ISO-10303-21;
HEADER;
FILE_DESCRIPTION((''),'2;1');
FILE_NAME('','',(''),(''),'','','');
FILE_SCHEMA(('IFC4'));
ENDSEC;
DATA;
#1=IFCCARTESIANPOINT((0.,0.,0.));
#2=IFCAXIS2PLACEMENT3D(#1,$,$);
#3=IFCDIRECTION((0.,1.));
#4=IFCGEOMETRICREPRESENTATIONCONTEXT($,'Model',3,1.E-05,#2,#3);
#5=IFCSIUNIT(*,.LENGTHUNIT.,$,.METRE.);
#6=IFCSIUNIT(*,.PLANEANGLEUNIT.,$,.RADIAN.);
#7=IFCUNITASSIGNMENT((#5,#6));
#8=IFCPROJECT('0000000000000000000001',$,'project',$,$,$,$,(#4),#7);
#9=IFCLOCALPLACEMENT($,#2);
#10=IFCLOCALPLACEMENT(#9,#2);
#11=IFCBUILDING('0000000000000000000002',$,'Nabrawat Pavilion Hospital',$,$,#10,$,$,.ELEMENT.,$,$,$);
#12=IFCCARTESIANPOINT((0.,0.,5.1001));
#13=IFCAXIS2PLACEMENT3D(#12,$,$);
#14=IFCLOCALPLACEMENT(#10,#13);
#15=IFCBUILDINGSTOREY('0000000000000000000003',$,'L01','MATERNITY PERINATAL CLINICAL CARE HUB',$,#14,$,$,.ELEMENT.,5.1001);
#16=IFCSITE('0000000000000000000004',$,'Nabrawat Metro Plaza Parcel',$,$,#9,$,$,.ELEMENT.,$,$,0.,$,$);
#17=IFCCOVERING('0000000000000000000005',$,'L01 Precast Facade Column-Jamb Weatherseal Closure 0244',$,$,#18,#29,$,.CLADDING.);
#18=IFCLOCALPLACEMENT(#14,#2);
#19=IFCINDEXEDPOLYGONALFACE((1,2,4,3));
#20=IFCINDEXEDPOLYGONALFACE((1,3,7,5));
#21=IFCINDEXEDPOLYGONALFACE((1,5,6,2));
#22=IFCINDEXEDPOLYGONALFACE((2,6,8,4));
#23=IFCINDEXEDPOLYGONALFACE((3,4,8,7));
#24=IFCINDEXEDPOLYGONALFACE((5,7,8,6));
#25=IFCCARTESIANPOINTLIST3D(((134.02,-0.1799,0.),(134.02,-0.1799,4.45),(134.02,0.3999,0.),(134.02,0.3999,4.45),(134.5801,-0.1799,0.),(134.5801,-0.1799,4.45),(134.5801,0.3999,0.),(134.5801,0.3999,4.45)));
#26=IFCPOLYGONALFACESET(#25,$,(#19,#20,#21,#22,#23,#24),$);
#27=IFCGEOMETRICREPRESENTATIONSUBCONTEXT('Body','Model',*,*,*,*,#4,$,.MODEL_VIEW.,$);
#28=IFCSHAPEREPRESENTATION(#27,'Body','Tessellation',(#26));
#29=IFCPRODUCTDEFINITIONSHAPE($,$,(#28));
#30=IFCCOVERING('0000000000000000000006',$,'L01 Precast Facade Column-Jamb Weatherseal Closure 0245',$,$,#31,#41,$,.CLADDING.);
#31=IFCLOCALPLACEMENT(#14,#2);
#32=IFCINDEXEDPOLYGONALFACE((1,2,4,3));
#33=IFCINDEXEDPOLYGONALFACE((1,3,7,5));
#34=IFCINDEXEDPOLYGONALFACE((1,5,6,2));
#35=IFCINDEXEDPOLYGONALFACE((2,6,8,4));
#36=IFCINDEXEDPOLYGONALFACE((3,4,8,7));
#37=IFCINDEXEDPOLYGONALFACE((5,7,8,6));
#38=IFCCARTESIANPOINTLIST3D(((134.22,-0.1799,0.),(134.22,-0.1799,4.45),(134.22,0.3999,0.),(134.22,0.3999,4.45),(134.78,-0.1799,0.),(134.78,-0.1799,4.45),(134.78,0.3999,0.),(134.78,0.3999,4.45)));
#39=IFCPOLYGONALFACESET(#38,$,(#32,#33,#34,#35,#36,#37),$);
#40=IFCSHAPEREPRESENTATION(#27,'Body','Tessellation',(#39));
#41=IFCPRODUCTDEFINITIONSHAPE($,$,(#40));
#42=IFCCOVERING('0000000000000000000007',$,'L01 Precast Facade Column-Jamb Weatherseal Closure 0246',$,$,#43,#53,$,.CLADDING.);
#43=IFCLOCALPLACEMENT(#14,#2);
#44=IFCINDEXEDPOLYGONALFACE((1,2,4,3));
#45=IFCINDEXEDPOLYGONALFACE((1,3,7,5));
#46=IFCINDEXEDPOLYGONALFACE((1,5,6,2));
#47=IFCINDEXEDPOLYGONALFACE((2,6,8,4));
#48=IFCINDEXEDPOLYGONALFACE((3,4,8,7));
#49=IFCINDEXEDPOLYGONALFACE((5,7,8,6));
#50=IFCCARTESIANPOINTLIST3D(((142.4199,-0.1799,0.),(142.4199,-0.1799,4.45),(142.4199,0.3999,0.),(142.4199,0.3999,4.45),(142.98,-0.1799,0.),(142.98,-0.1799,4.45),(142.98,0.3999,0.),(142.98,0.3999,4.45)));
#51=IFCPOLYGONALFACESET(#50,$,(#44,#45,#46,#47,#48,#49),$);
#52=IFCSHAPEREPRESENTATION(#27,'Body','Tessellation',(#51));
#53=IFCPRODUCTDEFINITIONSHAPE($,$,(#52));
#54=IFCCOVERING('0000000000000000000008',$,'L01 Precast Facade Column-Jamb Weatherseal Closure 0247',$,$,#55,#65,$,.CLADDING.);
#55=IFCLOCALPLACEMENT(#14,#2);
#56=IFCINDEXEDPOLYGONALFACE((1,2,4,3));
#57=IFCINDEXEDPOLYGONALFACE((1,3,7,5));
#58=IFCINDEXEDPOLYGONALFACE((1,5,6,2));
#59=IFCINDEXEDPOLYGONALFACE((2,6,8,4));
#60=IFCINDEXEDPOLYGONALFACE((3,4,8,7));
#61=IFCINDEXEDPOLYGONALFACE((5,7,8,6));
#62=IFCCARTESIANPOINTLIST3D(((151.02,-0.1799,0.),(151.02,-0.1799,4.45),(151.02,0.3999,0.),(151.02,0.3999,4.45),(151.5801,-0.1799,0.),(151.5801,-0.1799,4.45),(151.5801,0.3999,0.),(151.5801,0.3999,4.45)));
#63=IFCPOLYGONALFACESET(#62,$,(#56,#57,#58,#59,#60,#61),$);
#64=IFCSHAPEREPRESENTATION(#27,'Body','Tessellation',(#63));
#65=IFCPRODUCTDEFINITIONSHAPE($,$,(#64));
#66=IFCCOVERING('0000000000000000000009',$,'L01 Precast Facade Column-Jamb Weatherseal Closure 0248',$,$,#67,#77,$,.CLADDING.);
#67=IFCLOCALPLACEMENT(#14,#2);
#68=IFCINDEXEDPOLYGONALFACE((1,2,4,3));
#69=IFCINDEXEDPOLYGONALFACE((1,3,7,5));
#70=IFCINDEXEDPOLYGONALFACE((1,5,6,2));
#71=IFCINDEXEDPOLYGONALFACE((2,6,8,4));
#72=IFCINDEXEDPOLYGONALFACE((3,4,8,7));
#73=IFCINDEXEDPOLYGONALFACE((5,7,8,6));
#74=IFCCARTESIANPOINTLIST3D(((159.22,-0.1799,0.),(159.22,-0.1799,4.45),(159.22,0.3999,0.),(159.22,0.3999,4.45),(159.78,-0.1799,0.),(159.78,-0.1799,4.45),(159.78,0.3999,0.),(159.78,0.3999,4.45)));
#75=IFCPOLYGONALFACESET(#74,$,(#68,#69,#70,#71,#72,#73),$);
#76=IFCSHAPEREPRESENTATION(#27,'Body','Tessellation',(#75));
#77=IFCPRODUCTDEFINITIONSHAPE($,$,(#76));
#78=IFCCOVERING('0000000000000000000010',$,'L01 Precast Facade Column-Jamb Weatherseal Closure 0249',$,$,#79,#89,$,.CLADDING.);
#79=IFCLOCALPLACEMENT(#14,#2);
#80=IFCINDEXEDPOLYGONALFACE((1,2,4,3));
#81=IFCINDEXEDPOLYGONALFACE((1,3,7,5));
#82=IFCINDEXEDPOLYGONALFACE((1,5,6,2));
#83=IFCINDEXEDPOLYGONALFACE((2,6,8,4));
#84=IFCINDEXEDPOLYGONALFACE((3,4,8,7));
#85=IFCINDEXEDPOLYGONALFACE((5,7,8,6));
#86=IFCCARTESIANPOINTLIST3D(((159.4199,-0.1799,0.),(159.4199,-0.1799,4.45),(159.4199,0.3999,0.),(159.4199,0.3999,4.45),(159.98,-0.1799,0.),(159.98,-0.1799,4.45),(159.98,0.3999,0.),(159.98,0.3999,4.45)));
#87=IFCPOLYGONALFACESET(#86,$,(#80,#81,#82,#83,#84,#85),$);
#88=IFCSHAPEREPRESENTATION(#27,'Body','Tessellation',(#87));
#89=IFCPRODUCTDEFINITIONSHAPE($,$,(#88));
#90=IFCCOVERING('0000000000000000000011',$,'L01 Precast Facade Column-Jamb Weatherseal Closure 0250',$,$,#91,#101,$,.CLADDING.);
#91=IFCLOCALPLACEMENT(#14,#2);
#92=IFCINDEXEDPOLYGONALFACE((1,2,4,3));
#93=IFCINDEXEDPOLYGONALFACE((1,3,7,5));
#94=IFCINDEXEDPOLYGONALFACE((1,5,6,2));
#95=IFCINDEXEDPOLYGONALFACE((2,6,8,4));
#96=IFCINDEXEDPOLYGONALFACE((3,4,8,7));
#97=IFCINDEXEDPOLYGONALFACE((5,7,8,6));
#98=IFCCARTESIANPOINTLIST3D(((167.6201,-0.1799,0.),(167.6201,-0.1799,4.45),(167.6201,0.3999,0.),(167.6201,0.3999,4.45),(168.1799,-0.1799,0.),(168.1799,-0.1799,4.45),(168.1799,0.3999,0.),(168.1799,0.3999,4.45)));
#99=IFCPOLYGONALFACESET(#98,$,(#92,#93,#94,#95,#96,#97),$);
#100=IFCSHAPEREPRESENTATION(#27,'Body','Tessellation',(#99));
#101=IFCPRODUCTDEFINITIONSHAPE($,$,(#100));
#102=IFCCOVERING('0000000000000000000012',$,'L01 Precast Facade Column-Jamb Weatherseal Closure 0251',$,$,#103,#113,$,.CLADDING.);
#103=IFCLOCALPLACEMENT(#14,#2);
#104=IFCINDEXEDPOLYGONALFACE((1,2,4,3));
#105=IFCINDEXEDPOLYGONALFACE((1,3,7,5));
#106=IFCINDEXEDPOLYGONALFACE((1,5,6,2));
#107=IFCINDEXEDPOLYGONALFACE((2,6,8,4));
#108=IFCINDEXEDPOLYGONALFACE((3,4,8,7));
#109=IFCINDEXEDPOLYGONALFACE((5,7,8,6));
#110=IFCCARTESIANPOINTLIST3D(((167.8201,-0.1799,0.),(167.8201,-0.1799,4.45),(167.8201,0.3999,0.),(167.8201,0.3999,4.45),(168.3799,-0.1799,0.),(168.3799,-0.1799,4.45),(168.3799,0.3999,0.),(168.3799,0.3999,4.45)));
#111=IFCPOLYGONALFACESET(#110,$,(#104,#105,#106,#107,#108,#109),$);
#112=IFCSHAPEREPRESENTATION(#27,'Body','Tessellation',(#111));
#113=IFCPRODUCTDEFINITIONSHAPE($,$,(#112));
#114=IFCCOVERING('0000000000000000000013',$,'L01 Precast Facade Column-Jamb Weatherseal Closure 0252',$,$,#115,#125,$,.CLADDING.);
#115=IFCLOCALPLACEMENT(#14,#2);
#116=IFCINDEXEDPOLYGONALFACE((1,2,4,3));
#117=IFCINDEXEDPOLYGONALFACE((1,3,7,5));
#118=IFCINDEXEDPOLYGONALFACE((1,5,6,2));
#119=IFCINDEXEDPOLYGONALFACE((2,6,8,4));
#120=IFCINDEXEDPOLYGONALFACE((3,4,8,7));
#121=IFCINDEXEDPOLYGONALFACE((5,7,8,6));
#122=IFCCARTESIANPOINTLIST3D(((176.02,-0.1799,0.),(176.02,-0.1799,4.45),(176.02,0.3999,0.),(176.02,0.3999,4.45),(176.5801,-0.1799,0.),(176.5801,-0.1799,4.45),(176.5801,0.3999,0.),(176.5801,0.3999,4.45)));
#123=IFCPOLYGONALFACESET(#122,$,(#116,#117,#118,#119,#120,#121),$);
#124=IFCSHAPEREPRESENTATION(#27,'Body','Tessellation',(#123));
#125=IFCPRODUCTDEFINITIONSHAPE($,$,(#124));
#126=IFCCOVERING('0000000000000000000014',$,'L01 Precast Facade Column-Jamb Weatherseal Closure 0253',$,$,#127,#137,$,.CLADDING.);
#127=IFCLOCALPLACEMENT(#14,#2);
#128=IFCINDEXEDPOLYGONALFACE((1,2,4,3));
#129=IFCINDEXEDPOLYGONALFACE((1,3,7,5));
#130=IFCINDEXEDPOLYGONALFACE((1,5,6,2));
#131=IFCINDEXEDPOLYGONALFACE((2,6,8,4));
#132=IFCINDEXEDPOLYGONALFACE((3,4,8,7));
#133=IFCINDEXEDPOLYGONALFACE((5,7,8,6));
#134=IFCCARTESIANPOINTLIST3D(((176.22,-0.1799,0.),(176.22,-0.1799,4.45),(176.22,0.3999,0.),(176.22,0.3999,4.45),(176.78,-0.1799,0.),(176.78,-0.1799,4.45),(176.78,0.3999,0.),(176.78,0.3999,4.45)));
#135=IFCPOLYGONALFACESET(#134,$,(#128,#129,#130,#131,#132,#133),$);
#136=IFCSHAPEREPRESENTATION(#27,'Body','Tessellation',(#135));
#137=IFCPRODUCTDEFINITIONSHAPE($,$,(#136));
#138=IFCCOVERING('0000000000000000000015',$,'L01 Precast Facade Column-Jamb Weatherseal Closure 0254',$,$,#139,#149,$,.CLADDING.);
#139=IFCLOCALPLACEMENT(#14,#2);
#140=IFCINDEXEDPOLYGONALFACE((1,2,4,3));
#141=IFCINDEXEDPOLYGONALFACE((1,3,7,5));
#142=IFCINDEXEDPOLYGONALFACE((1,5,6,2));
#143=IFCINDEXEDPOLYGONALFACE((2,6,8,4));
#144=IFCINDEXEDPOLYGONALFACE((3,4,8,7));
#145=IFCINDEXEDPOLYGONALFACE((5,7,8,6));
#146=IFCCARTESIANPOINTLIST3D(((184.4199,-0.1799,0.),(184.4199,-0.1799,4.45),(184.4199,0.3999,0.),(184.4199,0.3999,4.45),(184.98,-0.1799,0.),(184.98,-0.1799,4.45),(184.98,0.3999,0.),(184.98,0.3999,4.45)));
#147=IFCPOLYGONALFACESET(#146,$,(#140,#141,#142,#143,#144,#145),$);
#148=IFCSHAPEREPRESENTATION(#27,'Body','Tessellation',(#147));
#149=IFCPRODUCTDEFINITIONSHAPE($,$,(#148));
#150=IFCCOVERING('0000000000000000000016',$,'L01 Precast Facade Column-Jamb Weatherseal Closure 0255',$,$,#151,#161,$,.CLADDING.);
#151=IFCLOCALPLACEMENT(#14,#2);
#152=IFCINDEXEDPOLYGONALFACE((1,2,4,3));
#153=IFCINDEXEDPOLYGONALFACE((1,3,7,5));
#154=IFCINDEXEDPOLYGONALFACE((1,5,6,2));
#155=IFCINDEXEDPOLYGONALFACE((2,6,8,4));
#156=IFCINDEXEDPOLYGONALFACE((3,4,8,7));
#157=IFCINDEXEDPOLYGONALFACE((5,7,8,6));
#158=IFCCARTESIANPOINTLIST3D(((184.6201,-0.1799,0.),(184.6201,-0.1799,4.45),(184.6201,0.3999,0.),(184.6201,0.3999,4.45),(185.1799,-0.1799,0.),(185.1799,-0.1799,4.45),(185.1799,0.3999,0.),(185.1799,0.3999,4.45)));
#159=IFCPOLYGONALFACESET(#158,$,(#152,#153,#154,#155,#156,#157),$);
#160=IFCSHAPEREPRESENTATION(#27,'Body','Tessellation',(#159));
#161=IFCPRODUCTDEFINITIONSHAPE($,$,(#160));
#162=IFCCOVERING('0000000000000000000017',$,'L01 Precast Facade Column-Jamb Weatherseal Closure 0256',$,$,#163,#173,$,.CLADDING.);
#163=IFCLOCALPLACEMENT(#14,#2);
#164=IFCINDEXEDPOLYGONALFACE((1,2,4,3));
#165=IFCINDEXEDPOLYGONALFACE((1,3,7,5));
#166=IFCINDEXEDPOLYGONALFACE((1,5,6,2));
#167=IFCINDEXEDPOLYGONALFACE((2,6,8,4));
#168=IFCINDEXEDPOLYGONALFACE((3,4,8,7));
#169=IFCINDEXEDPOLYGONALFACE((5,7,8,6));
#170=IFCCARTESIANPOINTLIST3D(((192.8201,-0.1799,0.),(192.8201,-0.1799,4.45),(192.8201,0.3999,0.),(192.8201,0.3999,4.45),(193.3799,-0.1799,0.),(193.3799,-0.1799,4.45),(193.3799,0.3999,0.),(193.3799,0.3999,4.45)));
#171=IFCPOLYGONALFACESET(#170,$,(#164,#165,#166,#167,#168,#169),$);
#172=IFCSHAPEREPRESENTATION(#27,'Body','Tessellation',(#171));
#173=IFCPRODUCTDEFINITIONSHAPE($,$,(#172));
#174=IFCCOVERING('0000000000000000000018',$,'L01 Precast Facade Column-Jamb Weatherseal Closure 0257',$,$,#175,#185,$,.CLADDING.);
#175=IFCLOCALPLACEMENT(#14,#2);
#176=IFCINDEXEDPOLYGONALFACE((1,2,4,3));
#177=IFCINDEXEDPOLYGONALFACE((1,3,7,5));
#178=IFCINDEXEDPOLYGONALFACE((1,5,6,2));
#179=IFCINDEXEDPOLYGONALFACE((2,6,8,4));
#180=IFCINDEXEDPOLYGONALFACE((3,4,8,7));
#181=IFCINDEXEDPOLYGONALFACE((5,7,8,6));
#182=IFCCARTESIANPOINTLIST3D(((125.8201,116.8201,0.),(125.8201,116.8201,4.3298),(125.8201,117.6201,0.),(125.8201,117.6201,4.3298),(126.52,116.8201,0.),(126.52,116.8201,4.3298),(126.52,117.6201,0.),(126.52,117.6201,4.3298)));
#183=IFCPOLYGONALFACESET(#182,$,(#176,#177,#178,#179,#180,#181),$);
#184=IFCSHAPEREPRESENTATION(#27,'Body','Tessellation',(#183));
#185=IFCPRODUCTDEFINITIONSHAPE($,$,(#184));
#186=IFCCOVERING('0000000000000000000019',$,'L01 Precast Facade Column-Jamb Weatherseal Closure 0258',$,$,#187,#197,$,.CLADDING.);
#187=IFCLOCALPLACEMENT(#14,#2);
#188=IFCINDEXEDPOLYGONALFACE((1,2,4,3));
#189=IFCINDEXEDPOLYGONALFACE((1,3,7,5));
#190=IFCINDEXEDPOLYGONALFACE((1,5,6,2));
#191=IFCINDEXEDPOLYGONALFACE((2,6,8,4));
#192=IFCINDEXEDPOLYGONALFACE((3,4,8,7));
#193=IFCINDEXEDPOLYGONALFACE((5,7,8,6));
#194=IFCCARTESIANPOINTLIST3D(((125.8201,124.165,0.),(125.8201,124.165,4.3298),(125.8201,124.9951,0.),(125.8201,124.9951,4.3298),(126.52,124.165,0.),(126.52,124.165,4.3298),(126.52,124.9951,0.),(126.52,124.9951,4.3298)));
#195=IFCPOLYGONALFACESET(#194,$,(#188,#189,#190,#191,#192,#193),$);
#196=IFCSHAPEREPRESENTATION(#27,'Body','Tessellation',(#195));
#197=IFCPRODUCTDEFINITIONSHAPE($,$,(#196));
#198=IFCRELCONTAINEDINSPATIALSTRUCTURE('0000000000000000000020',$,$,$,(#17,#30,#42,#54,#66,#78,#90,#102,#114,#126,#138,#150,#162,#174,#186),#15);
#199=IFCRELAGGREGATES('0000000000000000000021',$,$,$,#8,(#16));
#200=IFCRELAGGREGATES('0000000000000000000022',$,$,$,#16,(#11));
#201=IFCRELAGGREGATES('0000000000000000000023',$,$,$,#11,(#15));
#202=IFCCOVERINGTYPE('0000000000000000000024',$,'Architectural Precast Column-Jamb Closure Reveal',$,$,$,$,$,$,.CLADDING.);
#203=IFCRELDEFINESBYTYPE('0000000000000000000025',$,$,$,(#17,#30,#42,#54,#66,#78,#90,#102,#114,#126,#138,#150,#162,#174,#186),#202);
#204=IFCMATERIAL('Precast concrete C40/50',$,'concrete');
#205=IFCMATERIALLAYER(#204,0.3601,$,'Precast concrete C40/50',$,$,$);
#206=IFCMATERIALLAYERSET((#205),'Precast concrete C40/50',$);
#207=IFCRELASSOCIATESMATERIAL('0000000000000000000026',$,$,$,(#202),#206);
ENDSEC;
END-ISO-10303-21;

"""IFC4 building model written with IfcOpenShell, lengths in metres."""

from ifc_helpers import new_model, si_unit, direction, frame, origin, place, context, subcontext, project, spatial, polyline, outline, extrude, material, layer, layer_set, type_object, element, save


model = new_model("IFC4")

# Units and contexts
model_context = context("Model", 3, precision=1e-05, world=origin(), true_north=direction((0.0, 1.0)))
body_context = subcontext(model_context, "Body", "Model", "MODEL_VIEW")
ifc_project = project(units=[si_unit("LENGTHUNIT", "METRE"), si_unit("PLANEANGLEUNIT", "RADIAN")], contexts=[model_context])

# Site, building, storey
site_placement = place(None, origin())
site = spatial("IfcSite", under=ifc_project, at=site_placement, Name="Nabrawat Metro Plaza Parcel", CompositionType="ELEMENT", RefElevation=0.0)
building_placement = place(site_placement, origin())
building = spatial("IfcBuilding", under=site, at=building_placement, Name="Nabrawat Pavilion Hospital", CompositionType="ELEMENT")
storey_placement = place(building_placement, frame((0.0, 0.0, 5.1001)))
storey = spatial("IfcBuildingStorey", under=building, at=storey_placement, Name="L01", Description="MATERNITY PERINATAL CLINICAL CARE HUB", CompositionType="ELEMENT", Elevation=5.1001)

# Coverings
ifc_material = material(Name="Precast concrete C40/50", Category="concrete")
ifc_layer = layer(ifc_material, 0.3601, Name="Precast concrete C40/50")
ifc_layer_set = layer_set([ifc_layer], Name="Precast concrete C40/50")
covering_type = type_object("IfcCoveringType", Name="Architectural Precast Column-Jamb Closure Reveal", PredefinedType="CLADDING", material=ifc_layer_set)
covering_1_placement = place(storey_placement, origin())
element("IfcCovering", 1, at=covering_1_placement, inside=storey, type_object=covering_type, Name="L01 Precast Facade Column-Jamb Weatherseal Closure 0244", PredefinedType="CLADDING", context=body_context, shape_type="SweptSolid", body=[
    extrude(outline(polyline([(134.5801, -0.1799), (134.5801, 0.3999), (134.02, 0.3999), (134.02, -0.1799), (134.5801, -0.1799)])), origin(), (0.0, 0.0, 1.0), 4.45),
])
covering_2_placement = place(storey_placement, origin())
element("IfcCovering", 2, at=covering_2_placement, inside=storey, type_object=covering_type, Name="L01 Precast Facade Column-Jamb Weatherseal Closure 0245", PredefinedType="CLADDING", context=body_context, shape_type="SweptSolid", body=[
    extrude(outline(polyline([(134.78, -0.1799), (134.78, 0.3999), (134.22, 0.3999), (134.22, -0.1799), (134.78, -0.1799)])), origin(), (0.0, 0.0, 1.0), 4.45),
])
covering_3_placement = place(storey_placement, origin())
element("IfcCovering", 3, at=covering_3_placement, inside=storey, type_object=covering_type, Name="L01 Precast Facade Column-Jamb Weatherseal Closure 0246", PredefinedType="CLADDING", context=body_context, shape_type="SweptSolid", body=[
    extrude(outline(polyline([(142.98, -0.1799), (142.98, 0.3999), (142.4199, 0.3999), (142.4199, -0.1799), (142.98, -0.1799)])), origin(), (0.0, 0.0, 1.0), 4.45),
])
covering_4_placement = place(storey_placement, origin())
element("IfcCovering", 4, at=covering_4_placement, inside=storey, type_object=covering_type, Name="L01 Precast Facade Column-Jamb Weatherseal Closure 0247", PredefinedType="CLADDING", context=body_context, shape_type="SweptSolid", body=[
    extrude(outline(polyline([(151.5801, -0.1799), (151.5801, 0.3999), (151.02, 0.3999), (151.02, -0.1799), (151.5801, -0.1799)])), origin(), (0.0, 0.0, 1.0), 4.45),
])
covering_5_placement = place(storey_placement, origin())
element("IfcCovering", 5, at=covering_5_placement, inside=storey, type_object=covering_type, Name="L01 Precast Facade Column-Jamb Weatherseal Closure 0248", PredefinedType="CLADDING", context=body_context, shape_type="SweptSolid", body=[
    extrude(outline(polyline([(159.78, -0.1799), (159.78, 0.3999), (159.22, 0.3999), (159.22, -0.1799), (159.78, -0.1799)])), origin(), (0.0, 0.0, 1.0), 4.45),
])
covering_6_placement = place(storey_placement, origin())
element("IfcCovering", 6, at=covering_6_placement, inside=storey, type_object=covering_type, Name="L01 Precast Facade Column-Jamb Weatherseal Closure 0249", PredefinedType="CLADDING", context=body_context, shape_type="SweptSolid", body=[
    extrude(outline(polyline([(159.98, -0.1799), (159.98, 0.3999), (159.4199, 0.3999), (159.4199, -0.1799), (159.98, -0.1799)])), origin(), (0.0, 0.0, 1.0), 4.45),
])
covering_7_placement = place(storey_placement, origin())
element("IfcCovering", 7, at=covering_7_placement, inside=storey, type_object=covering_type, Name="L01 Precast Facade Column-Jamb Weatherseal Closure 0250", PredefinedType="CLADDING", context=body_context, shape_type="SweptSolid", body=[
    extrude(outline(polyline([(168.1799, -0.1799), (168.1799, 0.3999), (167.6201, 0.3999), (167.6201, -0.1799), (168.1799, -0.1799)])), origin(), (0.0, 0.0, 1.0), 4.45),
])
covering_8_placement = place(storey_placement, origin())
element("IfcCovering", 8, at=covering_8_placement, inside=storey, type_object=covering_type, Name="L01 Precast Facade Column-Jamb Weatherseal Closure 0251", PredefinedType="CLADDING", context=body_context, shape_type="SweptSolid", body=[
    extrude(outline(polyline([(168.3799, -0.1799), (168.3799, 0.3999), (167.8201, 0.3999), (167.8201, -0.1799), (168.3799, -0.1799)])), origin(), (0.0, 0.0, 1.0), 4.45),
])
covering_9_placement = place(storey_placement, origin())
element("IfcCovering", 9, at=covering_9_placement, inside=storey, type_object=covering_type, Name="L01 Precast Facade Column-Jamb Weatherseal Closure 0252", PredefinedType="CLADDING", context=body_context, shape_type="SweptSolid", body=[
    extrude(outline(polyline([(176.5801, -0.1799), (176.5801, 0.3999), (176.02, 0.3999), (176.02, -0.1799), (176.5801, -0.1799)])), origin(), (0.0, 0.0, 1.0), 4.45),
])
covering_10_placement = place(storey_placement, origin())
element("IfcCovering", 10, at=covering_10_placement, inside=storey, type_object=covering_type, Name="L01 Precast Facade Column-Jamb Weatherseal Closure 0253", PredefinedType="CLADDING", context=body_context, shape_type="SweptSolid", body=[
    extrude(outline(polyline([(176.78, -0.1799), (176.78, 0.3999), (176.22, 0.3999), (176.22, -0.1799), (176.78, -0.1799)])), origin(), (0.0, 0.0, 1.0), 4.45),
])
covering_11_placement = place(storey_placement, origin())
element("IfcCovering", 11, at=covering_11_placement, inside=storey, type_object=covering_type, Name="L01 Precast Facade Column-Jamb Weatherseal Closure 0254", PredefinedType="CLADDING", context=body_context, shape_type="SweptSolid", body=[
    extrude(outline(polyline([(184.98, -0.1799), (184.98, 0.3999), (184.4199, 0.3999), (184.4199, -0.1799), (184.98, -0.1799)])), origin(), (0.0, 0.0, 1.0), 4.45),
])
covering_12_placement = place(storey_placement, origin())
element("IfcCovering", 12, at=covering_12_placement, inside=storey, type_object=covering_type, Name="L01 Precast Facade Column-Jamb Weatherseal Closure 0255", PredefinedType="CLADDING", context=body_context, shape_type="SweptSolid", body=[
    extrude(outline(polyline([(185.1799, -0.1799), (185.1799, 0.3999), (184.6201, 0.3999), (184.6201, -0.1799), (185.1799, -0.1799)])), origin(), (0.0, 0.0, 1.0), 4.45),
])
covering_13_placement = place(storey_placement, origin())
element("IfcCovering", 13, at=covering_13_placement, inside=storey, type_object=covering_type, Name="L01 Precast Facade Column-Jamb Weatherseal Closure 0256", PredefinedType="CLADDING", context=body_context, shape_type="SweptSolid", body=[
    extrude(outline(polyline([(193.3799, -0.1799), (193.3799, 0.3999), (192.8201, 0.3999), (192.8201, -0.1799), (193.3799, -0.1799)])), origin(), (0.0, 0.0, 1.0), 4.45),
])
covering_14_placement = place(storey_placement, origin())
element("IfcCovering", 14, at=covering_14_placement, inside=storey, type_object=covering_type, Name="L01 Precast Facade Column-Jamb Weatherseal Closure 0257", PredefinedType="CLADDING", context=body_context, shape_type="SweptSolid", body=[
    extrude(outline(polyline([(126.52, 116.8201), (126.52, 117.6201), (125.8201, 117.6201), (125.8201, 116.8201), (126.52, 116.8201)])), origin(), (0.0, 0.0, 1.0), 4.3298),
])
covering_15_placement = place(storey_placement, origin())
element("IfcCovering", 15, at=covering_15_placement, inside=storey, type_object=covering_type, Name="L01 Precast Facade Column-Jamb Weatherseal Closure 0258", PredefinedType="CLADDING", context=body_context, shape_type="SweptSolid", body=[
    extrude(outline(polyline([(126.52, 124.165), (126.52, 124.9951), (125.8201, 124.9951), (125.8201, 124.165), (126.52, 124.165)])), origin(), (0.0, 0.0, 1.0), 4.3298),
])

save(model, "model.ifc")
